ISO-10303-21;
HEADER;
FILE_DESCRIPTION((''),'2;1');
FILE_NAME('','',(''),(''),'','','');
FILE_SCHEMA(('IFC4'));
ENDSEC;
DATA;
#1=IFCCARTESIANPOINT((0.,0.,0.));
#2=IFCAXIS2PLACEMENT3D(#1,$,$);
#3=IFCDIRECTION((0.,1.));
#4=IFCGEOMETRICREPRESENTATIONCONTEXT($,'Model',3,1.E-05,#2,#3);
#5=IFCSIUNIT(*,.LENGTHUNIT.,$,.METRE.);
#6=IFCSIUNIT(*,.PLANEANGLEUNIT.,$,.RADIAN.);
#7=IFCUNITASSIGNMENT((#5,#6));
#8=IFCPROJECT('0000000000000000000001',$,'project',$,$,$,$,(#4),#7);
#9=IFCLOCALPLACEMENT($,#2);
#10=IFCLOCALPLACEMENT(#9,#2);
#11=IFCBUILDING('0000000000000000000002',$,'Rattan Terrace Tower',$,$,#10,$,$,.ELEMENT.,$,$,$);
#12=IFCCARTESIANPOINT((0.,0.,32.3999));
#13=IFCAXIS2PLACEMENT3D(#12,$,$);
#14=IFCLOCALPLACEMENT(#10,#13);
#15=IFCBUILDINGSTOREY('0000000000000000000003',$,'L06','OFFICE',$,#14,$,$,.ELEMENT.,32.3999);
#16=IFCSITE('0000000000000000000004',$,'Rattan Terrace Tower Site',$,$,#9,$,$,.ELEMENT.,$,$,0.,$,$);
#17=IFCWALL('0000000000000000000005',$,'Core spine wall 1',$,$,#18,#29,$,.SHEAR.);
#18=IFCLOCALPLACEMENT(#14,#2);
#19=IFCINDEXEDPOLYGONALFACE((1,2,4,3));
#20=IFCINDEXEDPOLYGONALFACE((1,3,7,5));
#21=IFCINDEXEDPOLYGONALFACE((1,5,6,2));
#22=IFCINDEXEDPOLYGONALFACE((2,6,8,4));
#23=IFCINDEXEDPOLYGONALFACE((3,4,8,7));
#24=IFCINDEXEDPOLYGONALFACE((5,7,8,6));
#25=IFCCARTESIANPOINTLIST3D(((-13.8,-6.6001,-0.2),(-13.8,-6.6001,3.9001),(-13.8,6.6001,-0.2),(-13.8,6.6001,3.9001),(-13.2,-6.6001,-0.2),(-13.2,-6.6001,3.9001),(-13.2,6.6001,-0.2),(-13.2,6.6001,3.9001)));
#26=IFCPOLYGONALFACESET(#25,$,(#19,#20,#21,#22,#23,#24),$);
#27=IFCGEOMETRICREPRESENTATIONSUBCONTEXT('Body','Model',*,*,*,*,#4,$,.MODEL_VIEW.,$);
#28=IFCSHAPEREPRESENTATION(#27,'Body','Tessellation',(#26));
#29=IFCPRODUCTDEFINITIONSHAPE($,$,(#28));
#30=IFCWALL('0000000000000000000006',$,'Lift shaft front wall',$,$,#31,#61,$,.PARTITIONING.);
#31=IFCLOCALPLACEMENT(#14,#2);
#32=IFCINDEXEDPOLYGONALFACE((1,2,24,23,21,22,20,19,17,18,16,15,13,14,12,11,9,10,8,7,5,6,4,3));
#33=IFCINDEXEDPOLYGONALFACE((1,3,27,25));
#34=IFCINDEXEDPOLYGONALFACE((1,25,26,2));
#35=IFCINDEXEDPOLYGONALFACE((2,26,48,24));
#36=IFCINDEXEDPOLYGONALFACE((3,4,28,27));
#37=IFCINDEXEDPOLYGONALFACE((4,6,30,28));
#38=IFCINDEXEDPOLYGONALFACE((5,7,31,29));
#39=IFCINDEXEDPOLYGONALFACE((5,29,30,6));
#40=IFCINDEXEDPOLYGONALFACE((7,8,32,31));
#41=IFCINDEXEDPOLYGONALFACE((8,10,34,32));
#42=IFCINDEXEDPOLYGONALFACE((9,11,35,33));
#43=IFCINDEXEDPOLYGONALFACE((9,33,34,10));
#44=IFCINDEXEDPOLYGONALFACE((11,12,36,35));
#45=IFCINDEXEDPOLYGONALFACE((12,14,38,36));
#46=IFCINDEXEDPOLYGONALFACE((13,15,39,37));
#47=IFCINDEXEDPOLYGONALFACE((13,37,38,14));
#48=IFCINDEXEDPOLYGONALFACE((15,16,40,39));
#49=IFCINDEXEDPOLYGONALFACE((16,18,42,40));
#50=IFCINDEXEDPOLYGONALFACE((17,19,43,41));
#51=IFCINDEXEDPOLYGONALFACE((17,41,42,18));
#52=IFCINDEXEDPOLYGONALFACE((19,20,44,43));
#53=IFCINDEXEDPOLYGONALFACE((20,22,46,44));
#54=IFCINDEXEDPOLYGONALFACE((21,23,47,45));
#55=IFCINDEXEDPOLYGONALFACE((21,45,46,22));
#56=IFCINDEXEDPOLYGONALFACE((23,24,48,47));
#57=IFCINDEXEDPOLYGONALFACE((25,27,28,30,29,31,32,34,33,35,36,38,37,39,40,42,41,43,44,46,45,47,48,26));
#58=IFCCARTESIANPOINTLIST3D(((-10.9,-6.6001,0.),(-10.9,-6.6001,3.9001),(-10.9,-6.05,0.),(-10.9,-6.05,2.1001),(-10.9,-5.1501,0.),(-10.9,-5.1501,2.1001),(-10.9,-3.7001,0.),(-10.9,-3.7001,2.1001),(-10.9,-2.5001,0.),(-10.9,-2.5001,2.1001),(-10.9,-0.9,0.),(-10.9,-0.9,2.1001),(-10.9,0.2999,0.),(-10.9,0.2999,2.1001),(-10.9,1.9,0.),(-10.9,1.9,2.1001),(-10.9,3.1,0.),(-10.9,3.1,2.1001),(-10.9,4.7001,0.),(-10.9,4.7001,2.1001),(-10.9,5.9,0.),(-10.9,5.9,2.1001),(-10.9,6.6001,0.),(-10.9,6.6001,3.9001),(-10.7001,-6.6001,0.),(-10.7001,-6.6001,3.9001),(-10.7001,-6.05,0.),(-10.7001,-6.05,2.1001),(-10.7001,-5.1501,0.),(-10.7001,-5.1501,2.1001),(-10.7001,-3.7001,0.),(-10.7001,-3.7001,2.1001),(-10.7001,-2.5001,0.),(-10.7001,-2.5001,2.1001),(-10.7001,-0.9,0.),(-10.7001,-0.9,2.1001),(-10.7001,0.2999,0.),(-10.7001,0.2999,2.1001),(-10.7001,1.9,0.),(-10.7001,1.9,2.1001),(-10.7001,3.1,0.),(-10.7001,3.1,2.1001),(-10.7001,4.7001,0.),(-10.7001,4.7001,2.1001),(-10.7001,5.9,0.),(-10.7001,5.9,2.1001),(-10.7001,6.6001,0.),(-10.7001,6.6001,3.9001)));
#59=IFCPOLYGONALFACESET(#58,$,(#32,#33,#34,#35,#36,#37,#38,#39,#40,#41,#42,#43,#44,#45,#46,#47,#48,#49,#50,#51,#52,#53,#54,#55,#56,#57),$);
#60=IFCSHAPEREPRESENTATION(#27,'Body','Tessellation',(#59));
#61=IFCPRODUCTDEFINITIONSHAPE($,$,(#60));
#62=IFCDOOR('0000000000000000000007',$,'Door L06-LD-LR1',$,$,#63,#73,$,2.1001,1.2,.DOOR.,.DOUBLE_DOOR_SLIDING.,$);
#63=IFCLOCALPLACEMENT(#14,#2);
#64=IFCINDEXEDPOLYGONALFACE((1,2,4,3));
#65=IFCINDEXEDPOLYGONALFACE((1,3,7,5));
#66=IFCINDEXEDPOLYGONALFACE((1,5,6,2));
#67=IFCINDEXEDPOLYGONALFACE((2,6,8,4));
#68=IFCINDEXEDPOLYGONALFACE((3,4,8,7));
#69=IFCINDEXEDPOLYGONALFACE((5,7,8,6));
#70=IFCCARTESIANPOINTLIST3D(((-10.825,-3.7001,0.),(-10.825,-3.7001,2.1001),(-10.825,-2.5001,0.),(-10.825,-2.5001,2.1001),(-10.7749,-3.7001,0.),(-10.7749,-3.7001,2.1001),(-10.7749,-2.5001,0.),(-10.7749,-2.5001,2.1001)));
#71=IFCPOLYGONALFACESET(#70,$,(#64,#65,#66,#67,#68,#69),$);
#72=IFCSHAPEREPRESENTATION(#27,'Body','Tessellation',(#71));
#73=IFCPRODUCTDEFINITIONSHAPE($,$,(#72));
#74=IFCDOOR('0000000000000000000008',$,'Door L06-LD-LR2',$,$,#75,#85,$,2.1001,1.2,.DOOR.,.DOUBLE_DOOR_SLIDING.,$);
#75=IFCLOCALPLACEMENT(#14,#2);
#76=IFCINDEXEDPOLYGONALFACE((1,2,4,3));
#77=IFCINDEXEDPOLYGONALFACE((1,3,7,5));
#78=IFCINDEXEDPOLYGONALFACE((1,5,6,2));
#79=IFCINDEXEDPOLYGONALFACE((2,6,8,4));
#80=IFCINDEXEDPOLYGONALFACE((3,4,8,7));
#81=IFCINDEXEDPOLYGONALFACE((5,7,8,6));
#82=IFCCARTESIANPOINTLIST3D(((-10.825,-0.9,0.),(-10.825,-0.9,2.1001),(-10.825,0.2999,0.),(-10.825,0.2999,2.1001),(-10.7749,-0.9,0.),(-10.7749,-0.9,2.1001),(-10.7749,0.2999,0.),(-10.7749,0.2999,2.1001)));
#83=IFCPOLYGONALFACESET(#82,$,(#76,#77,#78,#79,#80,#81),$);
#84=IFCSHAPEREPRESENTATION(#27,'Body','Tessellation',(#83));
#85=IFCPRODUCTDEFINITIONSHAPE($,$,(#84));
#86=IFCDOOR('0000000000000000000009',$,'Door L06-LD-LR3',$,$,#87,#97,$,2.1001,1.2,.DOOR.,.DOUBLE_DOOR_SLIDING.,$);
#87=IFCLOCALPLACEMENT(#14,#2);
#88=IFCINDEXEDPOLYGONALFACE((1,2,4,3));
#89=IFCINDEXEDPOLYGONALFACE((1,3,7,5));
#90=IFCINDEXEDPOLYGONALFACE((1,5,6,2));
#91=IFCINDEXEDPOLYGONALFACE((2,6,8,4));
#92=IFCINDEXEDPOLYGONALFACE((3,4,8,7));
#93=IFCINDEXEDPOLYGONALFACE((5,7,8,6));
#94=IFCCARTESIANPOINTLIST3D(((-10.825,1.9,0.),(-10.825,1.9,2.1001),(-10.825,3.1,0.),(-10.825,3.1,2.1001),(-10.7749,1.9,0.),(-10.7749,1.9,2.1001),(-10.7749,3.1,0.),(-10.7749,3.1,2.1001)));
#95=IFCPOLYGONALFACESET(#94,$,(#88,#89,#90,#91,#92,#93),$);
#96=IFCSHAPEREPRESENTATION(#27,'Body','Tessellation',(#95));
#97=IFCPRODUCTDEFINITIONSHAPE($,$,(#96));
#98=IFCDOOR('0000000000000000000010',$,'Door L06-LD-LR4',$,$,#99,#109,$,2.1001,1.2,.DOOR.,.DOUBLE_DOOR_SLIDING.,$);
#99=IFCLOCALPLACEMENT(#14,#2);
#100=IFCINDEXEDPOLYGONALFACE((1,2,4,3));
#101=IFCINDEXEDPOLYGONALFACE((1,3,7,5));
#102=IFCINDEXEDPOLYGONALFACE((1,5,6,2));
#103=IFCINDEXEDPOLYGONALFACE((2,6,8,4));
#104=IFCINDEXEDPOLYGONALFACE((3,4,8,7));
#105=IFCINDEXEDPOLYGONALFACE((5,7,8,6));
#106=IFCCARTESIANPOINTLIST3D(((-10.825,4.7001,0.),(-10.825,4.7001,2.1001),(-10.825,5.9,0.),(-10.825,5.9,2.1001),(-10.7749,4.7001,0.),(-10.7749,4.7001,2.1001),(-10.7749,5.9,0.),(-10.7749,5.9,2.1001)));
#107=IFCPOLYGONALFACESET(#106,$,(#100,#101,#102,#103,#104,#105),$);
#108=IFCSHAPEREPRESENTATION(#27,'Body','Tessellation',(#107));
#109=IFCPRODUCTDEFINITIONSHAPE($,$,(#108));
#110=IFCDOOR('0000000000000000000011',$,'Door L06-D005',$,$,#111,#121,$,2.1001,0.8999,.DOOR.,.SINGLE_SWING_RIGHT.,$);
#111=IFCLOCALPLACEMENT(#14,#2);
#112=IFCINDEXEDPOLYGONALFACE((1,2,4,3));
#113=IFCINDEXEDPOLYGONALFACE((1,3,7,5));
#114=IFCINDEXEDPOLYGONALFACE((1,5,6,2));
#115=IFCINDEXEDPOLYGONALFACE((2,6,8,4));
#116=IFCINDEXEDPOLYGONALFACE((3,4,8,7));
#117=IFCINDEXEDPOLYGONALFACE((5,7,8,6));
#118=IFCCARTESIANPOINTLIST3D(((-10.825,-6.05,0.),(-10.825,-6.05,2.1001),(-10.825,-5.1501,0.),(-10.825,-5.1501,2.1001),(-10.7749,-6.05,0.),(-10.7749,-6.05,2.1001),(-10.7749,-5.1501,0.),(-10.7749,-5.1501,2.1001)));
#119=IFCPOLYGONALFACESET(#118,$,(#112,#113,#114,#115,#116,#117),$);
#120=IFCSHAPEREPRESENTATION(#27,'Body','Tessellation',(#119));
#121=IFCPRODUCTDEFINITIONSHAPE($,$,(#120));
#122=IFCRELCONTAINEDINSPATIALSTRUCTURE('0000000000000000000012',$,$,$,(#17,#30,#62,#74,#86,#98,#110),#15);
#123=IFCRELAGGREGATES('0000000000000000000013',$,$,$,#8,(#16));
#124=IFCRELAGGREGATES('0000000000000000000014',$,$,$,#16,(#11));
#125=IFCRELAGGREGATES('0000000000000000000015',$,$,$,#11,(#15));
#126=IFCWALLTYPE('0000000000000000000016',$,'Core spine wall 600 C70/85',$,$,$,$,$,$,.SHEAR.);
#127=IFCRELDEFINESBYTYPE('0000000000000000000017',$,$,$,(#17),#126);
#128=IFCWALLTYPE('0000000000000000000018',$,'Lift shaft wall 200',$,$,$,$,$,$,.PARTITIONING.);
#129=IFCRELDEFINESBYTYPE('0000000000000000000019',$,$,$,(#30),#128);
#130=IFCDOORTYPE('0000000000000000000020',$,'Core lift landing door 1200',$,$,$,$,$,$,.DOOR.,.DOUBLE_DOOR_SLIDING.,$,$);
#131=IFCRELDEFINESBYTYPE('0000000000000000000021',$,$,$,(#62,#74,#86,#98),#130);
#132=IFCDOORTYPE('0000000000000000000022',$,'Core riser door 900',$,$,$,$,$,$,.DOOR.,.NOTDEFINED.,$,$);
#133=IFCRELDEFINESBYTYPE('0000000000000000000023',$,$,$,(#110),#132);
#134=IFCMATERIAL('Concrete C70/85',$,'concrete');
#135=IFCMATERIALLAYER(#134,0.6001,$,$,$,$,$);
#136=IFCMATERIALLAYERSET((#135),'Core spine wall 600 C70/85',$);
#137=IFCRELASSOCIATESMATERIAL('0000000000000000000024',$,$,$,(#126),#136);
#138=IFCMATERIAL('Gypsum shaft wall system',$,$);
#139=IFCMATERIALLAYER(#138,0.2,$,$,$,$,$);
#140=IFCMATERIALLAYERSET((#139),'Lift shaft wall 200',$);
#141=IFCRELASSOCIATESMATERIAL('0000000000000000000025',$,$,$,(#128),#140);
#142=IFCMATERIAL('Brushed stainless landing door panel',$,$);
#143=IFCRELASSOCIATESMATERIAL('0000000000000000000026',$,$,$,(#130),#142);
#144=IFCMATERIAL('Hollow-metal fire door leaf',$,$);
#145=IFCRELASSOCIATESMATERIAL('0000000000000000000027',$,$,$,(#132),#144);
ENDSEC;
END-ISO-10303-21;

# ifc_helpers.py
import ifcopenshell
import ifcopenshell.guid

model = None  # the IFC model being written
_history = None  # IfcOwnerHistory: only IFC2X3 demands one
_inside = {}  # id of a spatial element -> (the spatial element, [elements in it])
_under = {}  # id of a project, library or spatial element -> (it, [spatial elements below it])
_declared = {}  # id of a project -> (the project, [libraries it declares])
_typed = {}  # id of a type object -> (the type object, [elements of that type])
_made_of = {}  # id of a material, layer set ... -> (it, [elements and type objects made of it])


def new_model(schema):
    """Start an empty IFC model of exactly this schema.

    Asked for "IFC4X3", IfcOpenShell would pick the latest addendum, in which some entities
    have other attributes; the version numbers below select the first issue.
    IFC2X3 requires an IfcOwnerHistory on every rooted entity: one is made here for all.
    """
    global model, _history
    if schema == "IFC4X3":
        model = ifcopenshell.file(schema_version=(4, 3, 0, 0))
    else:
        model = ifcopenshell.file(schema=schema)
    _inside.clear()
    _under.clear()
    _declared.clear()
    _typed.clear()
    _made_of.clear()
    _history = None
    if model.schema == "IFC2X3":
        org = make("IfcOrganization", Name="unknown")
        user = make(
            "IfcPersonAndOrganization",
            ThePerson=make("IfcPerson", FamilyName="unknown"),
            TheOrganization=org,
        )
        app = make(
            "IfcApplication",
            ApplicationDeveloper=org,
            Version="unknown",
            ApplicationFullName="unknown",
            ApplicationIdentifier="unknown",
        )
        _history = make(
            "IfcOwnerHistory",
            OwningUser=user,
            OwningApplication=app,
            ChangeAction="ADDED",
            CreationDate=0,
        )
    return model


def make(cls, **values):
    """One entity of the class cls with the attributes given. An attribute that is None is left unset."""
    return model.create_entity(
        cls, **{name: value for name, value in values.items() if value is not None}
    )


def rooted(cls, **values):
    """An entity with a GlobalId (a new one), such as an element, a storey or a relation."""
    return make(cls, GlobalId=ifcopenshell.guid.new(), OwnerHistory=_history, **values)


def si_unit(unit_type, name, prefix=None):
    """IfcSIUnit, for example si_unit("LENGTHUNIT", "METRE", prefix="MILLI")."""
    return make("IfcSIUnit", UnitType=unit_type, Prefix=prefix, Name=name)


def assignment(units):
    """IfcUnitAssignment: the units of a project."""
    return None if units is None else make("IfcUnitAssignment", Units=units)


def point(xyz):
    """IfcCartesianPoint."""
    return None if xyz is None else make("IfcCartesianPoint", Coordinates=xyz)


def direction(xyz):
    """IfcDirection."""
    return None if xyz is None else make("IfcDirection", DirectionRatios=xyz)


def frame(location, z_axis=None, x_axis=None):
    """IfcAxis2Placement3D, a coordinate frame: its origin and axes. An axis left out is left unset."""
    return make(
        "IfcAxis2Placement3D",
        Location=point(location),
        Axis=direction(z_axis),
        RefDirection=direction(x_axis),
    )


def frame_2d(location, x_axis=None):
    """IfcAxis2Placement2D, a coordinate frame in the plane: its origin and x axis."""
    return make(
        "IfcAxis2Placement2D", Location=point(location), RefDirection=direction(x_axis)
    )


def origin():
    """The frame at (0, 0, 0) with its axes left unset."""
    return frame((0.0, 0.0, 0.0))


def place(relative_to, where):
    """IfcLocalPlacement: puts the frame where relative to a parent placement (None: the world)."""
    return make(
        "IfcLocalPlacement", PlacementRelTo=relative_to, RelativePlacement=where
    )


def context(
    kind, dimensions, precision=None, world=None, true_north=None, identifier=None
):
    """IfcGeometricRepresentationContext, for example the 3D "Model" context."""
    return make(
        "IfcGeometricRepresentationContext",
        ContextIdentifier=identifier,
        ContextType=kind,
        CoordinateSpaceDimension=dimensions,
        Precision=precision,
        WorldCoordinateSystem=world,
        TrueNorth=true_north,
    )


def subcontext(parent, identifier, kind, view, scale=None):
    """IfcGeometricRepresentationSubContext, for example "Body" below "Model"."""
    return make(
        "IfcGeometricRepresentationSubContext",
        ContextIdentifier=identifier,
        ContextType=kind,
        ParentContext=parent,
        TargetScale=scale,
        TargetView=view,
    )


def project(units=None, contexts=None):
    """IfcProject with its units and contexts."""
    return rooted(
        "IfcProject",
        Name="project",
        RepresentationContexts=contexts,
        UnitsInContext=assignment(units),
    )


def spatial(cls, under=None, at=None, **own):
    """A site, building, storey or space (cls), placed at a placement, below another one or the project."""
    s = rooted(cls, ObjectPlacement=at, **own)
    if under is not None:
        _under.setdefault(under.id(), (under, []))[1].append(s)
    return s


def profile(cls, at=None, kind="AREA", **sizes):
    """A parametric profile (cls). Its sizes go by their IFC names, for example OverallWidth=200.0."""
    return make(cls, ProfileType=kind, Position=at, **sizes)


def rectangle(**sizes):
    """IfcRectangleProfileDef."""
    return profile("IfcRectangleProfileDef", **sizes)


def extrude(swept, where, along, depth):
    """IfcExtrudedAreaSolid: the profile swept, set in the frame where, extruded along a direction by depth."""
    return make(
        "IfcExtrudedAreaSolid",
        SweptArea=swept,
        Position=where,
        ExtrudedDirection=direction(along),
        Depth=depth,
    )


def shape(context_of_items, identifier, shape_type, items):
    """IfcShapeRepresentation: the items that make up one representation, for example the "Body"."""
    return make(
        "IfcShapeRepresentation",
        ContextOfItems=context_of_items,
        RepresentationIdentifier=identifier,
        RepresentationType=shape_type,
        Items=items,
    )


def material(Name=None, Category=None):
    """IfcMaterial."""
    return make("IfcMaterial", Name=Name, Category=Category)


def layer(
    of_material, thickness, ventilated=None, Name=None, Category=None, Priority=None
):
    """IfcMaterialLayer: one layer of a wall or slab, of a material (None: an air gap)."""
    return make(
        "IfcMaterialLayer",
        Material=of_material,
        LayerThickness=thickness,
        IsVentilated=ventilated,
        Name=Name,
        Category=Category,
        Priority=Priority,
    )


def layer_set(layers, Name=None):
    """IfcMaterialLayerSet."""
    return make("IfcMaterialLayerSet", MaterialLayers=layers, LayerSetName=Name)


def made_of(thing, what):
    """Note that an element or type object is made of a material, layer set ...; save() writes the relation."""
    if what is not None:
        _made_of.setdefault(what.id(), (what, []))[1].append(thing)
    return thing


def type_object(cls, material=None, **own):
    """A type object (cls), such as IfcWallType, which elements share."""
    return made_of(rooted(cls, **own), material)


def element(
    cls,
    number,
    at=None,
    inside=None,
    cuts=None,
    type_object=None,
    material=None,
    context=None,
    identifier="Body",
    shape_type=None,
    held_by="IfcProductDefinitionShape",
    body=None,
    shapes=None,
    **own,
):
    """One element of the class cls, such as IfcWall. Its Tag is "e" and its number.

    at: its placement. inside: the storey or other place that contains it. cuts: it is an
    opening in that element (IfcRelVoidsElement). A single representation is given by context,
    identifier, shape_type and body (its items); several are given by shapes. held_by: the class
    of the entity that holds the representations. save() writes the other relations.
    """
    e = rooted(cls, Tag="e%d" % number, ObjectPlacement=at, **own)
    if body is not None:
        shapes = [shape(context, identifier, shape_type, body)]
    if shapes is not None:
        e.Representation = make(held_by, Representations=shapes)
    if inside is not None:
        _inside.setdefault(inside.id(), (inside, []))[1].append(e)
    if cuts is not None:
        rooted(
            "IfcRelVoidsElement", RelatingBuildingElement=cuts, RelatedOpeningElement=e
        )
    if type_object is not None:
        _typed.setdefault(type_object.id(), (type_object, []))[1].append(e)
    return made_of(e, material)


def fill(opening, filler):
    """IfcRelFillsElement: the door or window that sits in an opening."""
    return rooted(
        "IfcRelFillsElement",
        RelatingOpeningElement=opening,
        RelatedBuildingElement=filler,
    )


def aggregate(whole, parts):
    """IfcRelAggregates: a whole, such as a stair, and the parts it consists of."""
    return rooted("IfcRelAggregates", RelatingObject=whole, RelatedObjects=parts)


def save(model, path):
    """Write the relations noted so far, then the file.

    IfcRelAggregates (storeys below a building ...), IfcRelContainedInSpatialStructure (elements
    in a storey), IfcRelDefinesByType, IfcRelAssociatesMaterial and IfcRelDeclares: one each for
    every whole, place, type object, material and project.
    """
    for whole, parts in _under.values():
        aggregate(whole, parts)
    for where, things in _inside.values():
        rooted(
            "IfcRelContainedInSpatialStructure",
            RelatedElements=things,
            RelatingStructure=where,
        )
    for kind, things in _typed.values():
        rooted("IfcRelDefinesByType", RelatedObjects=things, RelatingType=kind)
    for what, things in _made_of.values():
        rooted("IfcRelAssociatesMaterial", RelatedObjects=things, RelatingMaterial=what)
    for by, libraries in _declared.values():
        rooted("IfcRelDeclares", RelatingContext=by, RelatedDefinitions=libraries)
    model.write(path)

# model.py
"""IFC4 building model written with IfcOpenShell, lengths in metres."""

from ifc_helpers import new_model, si_unit, direction, frame, frame_2d, origin, place, context, subcontext, project, spatial, rectangle, extrude, material, layer, layer_set, type_object, element, fill, save


model = new_model("IFC4")

# Units and contexts
model_context = context("Model", 3, precision=1e-05, world=origin(), true_north=direction((0.0, 1.0)))
body_context = subcontext(model_context, "Body", "Model", "MODEL_VIEW")
ifc_project = project(units=[si_unit("LENGTHUNIT", "METRE"), si_unit("PLANEANGLEUNIT", "RADIAN")], contexts=[model_context])

# Site, building, storey
site_placement = place(None, origin())
site = spatial("IfcSite", under=ifc_project, at=site_placement, Name="Rattan Terrace Tower Site", CompositionType="ELEMENT", RefElevation=0.0)
building_placement = place(site_placement, origin())
building = spatial("IfcBuilding", under=site, at=building_placement, Name="Rattan Terrace Tower", CompositionType="ELEMENT")
storey_placement = place(building_placement, frame((0.0, 0.0, 32.3999)))
storey = spatial("IfcBuildingStorey", under=building, at=storey_placement, Name="L06", Description="OFFICE", CompositionType="ELEMENT", Elevation=32.3999)

# Wall
ifc_material_1 = material(Name="Concrete C70/85", Category="concrete")
ifc_layer_1 = layer(ifc_material_1, 0.6001)
ifc_layer_set_1 = layer_set([ifc_layer_1], Name="Core spine wall 600 C70/85")
wall_type_1 = type_object("IfcWallType", Name="Core spine wall 600 C70/85", PredefinedType="SHEAR", material=ifc_layer_set_1)
wall_1_placement = place(storey_placement, frame((-13.5, -6.6001, -0.2), z_axis=(0.0, 0.0, 1.0), x_axis=(0.0, 1.0, 0.0)))
element("IfcWall", 1, at=wall_1_placement, inside=storey, type_object=wall_type_1, Name="Core spine wall 1", PredefinedType="SHEAR", context=body_context, shape_type="SweptSolid", body=[
    extrude(rectangle(XDim=13.2002, YDim=0.6001, at=frame_2d((6.6001, 0.0))), origin(), (0.0, 0.0, 1.0), 4.1001),
])

# Wall, openings, doors
ifc_material_2 = material(Name="Gypsum shaft wall system")
ifc_layer_2 = layer(ifc_material_2, 0.2)
ifc_layer_set_2 = layer_set([ifc_layer_2], Name="Lift shaft wall 200")
wall_type_2 = type_object("IfcWallType", Name="Lift shaft wall 200", PredefinedType="PARTITIONING", material=ifc_layer_set_2)
wall_2_placement = place(storey_placement, frame((-10.8, -6.6001, 0.0), z_axis=(0.0, 0.0, 1.0), x_axis=(0.0, 1.0, 0.0)))
wall_2 = element("IfcWall", 2, at=wall_2_placement, inside=storey, type_object=wall_type_2, Name="Lift shaft front wall", PredefinedType="PARTITIONING", context=body_context, shape_type="SweptSolid", body=[
    extrude(rectangle(XDim=13.2002, YDim=0.2, at=frame_2d((6.6001, 0.0))), origin(), (0.0, 0.0, 1.0), 3.9001),
])
opening_1_placement = place(wall_2_placement, frame((0.55, 0.0, 0.0)))
opening_1 = element("IfcOpeningElement", 3, at=opening_1_placement, cuts=wall_2, PredefinedType="OPENING", context=body_context, shape_type="SweptSolid", body=[
    extrude(rectangle(XDim=0.8999, YDim=2.1001, at=frame_2d((0.45, 1.05))), frame((0.0, 0.1106, 0.0), z_axis=(0.0, -1.0, 0.0), x_axis=(1.0, 0.0, 0.0)), (0.0, 0.0, 1.0), 0.2209),
])
opening_2_placement = place(wall_2_placement, frame((2.8999, 0.0, 0.0)))
opening_2 = element("IfcOpeningElement", 4, at=opening_2_placement, cuts=wall_2, PredefinedType="OPENING", context=body_context, shape_type="SweptSolid", body=[
    extrude(rectangle(XDim=1.2, YDim=2.1001, at=frame_2d((0.6001, 1.05))), frame((0.0, 0.1106, 0.0), z_axis=(0.0, -1.0, 0.0), x_axis=(1.0, 0.0, 0.0)), (0.0, 0.0, 1.0), 0.2209),
])
opening_3_placement = place(wall_2_placement, frame((5.7, 0.0, 0.0)))
opening_3 = element("IfcOpeningElement", 5, at=opening_3_placement, cuts=wall_2, PredefinedType="OPENING", context=body_context, shape_type="SweptSolid", body=[
    extrude(rectangle(XDim=1.2, YDim=2.1001, at=frame_2d((0.6001, 1.05))), frame((0.0, 0.1106, 0.0), z_axis=(0.0, -1.0, 0.0), x_axis=(1.0, 0.0, 0.0)), (0.0, 0.0, 1.0), 0.2209),
])
opening_4_placement = place(wall_2_placement, frame((8.5, 0.0, 0.0)))
opening_4 = element("IfcOpeningElement", 6, at=opening_4_placement, cuts=wall_2, PredefinedType="OPENING", context=body_context, shape_type="SweptSolid", body=[
    extrude(rectangle(XDim=1.2, YDim=2.1001, at=frame_2d((0.6001, 1.05))), frame((0.0, 0.1106, 0.0), z_axis=(0.0, -1.0, 0.0), x_axis=(1.0, 0.0, 0.0)), (0.0, 0.0, 1.0), 0.2209),
])
opening_5_placement = place(wall_2_placement, frame((11.3, 0.0, 0.0)))
opening_5 = element("IfcOpeningElement", 7, at=opening_5_placement, cuts=wall_2, PredefinedType="OPENING", context=body_context, shape_type="SweptSolid", body=[
    extrude(rectangle(XDim=1.2, YDim=2.1001, at=frame_2d((0.6001, 1.05))), frame((0.0, 0.1106, 0.0), z_axis=(0.0, -1.0, 0.0), x_axis=(1.0, 0.0, 0.0)), (0.0, 0.0, 1.0), 0.2209),
])
ifc_material_3 = material(Name="Brushed stainless landing door panel")
door_type_1 = type_object("IfcDoorType", Name="Core lift landing door 1200", OperationType="DOUBLE_DOOR_SLIDING", PredefinedType="DOOR", material=ifc_material_3)
door_1_placement = place(opening_2_placement, origin())
door_1 = element("IfcDoor", 8, at=door_1_placement, inside=storey, type_object=door_type_1, Name="Door L06-LD-LR1", OperationType="DOUBLE_DOOR_SLIDING", OverallHeight=2.1001, OverallWidth=1.2, PredefinedType="DOOR", context=body_context, shape_type="SweptSolid", body=[
    extrude(rectangle(XDim=1.2, YDim=2.1001, at=frame_2d((0.6001, 1.05))), frame((0.0, 0.0249, 0.0), z_axis=(0.0, -1.0, 0.0), x_axis=(1.0, 0.0, 0.0)), (0.0, 0.0, 1.0), 0.05),
])
fill(opening_2, door_1)
door_2_placement = place(opening_3_placement, origin())
door_2 = element("IfcDoor", 9, at=door_2_placement, inside=storey, type_object=door_type_1, Name="Door L06-LD-LR2", OperationType="DOUBLE_DOOR_SLIDING", OverallHeight=2.1001, OverallWidth=1.2, PredefinedType="DOOR", context=body_context, shape_type="SweptSolid", body=[
    extrude(rectangle(XDim=1.2, YDim=2.1001, at=frame_2d((0.6001, 1.05))), frame((0.0, 0.0249, 0.0), z_axis=(0.0, -1.0, 0.0), x_axis=(1.0, 0.0, 0.0)), (0.0, 0.0, 1.0), 0.05),
])
fill(opening_3, door_2)
door_3_placement = place(opening_4_placement, origin())
door_3 = element("IfcDoor", 10, at=door_3_placement, inside=storey, type_object=door_type_1, Name="Door L06-LD-LR3", OperationType="DOUBLE_DOOR_SLIDING", OverallHeight=2.1001, OverallWidth=1.2, PredefinedType="DOOR", context=body_context, shape_type="SweptSolid", body=[
    extrude(rectangle(XDim=1.2, YDim=2.1001, at=frame_2d((0.6001, 1.05))), frame((0.0, 0.0249, 0.0), z_axis=(0.0, -1.0, 0.0), x_axis=(1.0, 0.0, 0.0)), (0.0, 0.0, 1.0), 0.05),
])
fill(opening_4, door_3)
door_4_placement = place(opening_5_placement, origin())
door_4 = element("IfcDoor", 11, at=door_4_placement, inside=storey, type_object=door_type_1, Name="Door L06-LD-LR4", OperationType="DOUBLE_DOOR_SLIDING", OverallHeight=2.1001, OverallWidth=1.2, PredefinedType="DOOR", context=body_context, shape_type="SweptSolid", body=[
    extrude(rectangle(XDim=1.2, YDim=2.1001, at=frame_2d((0.6001, 1.05))), frame((0.0, 0.0249, 0.0), z_axis=(0.0, -1.0, 0.0), x_axis=(1.0, 0.0, 0.0)), (0.0, 0.0, 1.0), 0.05),
])
fill(opening_5, door_4)
ifc_material_4 = material(Name="Hollow-metal fire door leaf")
door_type_2 = type_object("IfcDoorType", Name="Core riser door 900", OperationType="NOTDEFINED", PredefinedType="DOOR", material=ifc_material_4)
door_5_placement = place(opening_1_placement, origin())
door_5 = element("IfcDoor", 12, at=door_5_placement, inside=storey, type_object=door_type_2, Name="Door L06-D005", OperationType="SINGLE_SWING_RIGHT", OverallHeight=2.1001, OverallWidth=0.8999, PredefinedType="DOOR", context=body_context, shape_type="SweptSolid", body=[
    extrude(rectangle(XDim=0.8999, YDim=2.1001, at=frame_2d((0.45, 1.05))), frame((0.0, 0.0249, 0.0), z_axis=(0.0, -1.0, 0.0), x_axis=(1.0, 0.0, 0.0)), (0.0, 0.0, 1.0), 0.05),
])
fill(opening_1, door_5)

save(model, "model.ifc")
